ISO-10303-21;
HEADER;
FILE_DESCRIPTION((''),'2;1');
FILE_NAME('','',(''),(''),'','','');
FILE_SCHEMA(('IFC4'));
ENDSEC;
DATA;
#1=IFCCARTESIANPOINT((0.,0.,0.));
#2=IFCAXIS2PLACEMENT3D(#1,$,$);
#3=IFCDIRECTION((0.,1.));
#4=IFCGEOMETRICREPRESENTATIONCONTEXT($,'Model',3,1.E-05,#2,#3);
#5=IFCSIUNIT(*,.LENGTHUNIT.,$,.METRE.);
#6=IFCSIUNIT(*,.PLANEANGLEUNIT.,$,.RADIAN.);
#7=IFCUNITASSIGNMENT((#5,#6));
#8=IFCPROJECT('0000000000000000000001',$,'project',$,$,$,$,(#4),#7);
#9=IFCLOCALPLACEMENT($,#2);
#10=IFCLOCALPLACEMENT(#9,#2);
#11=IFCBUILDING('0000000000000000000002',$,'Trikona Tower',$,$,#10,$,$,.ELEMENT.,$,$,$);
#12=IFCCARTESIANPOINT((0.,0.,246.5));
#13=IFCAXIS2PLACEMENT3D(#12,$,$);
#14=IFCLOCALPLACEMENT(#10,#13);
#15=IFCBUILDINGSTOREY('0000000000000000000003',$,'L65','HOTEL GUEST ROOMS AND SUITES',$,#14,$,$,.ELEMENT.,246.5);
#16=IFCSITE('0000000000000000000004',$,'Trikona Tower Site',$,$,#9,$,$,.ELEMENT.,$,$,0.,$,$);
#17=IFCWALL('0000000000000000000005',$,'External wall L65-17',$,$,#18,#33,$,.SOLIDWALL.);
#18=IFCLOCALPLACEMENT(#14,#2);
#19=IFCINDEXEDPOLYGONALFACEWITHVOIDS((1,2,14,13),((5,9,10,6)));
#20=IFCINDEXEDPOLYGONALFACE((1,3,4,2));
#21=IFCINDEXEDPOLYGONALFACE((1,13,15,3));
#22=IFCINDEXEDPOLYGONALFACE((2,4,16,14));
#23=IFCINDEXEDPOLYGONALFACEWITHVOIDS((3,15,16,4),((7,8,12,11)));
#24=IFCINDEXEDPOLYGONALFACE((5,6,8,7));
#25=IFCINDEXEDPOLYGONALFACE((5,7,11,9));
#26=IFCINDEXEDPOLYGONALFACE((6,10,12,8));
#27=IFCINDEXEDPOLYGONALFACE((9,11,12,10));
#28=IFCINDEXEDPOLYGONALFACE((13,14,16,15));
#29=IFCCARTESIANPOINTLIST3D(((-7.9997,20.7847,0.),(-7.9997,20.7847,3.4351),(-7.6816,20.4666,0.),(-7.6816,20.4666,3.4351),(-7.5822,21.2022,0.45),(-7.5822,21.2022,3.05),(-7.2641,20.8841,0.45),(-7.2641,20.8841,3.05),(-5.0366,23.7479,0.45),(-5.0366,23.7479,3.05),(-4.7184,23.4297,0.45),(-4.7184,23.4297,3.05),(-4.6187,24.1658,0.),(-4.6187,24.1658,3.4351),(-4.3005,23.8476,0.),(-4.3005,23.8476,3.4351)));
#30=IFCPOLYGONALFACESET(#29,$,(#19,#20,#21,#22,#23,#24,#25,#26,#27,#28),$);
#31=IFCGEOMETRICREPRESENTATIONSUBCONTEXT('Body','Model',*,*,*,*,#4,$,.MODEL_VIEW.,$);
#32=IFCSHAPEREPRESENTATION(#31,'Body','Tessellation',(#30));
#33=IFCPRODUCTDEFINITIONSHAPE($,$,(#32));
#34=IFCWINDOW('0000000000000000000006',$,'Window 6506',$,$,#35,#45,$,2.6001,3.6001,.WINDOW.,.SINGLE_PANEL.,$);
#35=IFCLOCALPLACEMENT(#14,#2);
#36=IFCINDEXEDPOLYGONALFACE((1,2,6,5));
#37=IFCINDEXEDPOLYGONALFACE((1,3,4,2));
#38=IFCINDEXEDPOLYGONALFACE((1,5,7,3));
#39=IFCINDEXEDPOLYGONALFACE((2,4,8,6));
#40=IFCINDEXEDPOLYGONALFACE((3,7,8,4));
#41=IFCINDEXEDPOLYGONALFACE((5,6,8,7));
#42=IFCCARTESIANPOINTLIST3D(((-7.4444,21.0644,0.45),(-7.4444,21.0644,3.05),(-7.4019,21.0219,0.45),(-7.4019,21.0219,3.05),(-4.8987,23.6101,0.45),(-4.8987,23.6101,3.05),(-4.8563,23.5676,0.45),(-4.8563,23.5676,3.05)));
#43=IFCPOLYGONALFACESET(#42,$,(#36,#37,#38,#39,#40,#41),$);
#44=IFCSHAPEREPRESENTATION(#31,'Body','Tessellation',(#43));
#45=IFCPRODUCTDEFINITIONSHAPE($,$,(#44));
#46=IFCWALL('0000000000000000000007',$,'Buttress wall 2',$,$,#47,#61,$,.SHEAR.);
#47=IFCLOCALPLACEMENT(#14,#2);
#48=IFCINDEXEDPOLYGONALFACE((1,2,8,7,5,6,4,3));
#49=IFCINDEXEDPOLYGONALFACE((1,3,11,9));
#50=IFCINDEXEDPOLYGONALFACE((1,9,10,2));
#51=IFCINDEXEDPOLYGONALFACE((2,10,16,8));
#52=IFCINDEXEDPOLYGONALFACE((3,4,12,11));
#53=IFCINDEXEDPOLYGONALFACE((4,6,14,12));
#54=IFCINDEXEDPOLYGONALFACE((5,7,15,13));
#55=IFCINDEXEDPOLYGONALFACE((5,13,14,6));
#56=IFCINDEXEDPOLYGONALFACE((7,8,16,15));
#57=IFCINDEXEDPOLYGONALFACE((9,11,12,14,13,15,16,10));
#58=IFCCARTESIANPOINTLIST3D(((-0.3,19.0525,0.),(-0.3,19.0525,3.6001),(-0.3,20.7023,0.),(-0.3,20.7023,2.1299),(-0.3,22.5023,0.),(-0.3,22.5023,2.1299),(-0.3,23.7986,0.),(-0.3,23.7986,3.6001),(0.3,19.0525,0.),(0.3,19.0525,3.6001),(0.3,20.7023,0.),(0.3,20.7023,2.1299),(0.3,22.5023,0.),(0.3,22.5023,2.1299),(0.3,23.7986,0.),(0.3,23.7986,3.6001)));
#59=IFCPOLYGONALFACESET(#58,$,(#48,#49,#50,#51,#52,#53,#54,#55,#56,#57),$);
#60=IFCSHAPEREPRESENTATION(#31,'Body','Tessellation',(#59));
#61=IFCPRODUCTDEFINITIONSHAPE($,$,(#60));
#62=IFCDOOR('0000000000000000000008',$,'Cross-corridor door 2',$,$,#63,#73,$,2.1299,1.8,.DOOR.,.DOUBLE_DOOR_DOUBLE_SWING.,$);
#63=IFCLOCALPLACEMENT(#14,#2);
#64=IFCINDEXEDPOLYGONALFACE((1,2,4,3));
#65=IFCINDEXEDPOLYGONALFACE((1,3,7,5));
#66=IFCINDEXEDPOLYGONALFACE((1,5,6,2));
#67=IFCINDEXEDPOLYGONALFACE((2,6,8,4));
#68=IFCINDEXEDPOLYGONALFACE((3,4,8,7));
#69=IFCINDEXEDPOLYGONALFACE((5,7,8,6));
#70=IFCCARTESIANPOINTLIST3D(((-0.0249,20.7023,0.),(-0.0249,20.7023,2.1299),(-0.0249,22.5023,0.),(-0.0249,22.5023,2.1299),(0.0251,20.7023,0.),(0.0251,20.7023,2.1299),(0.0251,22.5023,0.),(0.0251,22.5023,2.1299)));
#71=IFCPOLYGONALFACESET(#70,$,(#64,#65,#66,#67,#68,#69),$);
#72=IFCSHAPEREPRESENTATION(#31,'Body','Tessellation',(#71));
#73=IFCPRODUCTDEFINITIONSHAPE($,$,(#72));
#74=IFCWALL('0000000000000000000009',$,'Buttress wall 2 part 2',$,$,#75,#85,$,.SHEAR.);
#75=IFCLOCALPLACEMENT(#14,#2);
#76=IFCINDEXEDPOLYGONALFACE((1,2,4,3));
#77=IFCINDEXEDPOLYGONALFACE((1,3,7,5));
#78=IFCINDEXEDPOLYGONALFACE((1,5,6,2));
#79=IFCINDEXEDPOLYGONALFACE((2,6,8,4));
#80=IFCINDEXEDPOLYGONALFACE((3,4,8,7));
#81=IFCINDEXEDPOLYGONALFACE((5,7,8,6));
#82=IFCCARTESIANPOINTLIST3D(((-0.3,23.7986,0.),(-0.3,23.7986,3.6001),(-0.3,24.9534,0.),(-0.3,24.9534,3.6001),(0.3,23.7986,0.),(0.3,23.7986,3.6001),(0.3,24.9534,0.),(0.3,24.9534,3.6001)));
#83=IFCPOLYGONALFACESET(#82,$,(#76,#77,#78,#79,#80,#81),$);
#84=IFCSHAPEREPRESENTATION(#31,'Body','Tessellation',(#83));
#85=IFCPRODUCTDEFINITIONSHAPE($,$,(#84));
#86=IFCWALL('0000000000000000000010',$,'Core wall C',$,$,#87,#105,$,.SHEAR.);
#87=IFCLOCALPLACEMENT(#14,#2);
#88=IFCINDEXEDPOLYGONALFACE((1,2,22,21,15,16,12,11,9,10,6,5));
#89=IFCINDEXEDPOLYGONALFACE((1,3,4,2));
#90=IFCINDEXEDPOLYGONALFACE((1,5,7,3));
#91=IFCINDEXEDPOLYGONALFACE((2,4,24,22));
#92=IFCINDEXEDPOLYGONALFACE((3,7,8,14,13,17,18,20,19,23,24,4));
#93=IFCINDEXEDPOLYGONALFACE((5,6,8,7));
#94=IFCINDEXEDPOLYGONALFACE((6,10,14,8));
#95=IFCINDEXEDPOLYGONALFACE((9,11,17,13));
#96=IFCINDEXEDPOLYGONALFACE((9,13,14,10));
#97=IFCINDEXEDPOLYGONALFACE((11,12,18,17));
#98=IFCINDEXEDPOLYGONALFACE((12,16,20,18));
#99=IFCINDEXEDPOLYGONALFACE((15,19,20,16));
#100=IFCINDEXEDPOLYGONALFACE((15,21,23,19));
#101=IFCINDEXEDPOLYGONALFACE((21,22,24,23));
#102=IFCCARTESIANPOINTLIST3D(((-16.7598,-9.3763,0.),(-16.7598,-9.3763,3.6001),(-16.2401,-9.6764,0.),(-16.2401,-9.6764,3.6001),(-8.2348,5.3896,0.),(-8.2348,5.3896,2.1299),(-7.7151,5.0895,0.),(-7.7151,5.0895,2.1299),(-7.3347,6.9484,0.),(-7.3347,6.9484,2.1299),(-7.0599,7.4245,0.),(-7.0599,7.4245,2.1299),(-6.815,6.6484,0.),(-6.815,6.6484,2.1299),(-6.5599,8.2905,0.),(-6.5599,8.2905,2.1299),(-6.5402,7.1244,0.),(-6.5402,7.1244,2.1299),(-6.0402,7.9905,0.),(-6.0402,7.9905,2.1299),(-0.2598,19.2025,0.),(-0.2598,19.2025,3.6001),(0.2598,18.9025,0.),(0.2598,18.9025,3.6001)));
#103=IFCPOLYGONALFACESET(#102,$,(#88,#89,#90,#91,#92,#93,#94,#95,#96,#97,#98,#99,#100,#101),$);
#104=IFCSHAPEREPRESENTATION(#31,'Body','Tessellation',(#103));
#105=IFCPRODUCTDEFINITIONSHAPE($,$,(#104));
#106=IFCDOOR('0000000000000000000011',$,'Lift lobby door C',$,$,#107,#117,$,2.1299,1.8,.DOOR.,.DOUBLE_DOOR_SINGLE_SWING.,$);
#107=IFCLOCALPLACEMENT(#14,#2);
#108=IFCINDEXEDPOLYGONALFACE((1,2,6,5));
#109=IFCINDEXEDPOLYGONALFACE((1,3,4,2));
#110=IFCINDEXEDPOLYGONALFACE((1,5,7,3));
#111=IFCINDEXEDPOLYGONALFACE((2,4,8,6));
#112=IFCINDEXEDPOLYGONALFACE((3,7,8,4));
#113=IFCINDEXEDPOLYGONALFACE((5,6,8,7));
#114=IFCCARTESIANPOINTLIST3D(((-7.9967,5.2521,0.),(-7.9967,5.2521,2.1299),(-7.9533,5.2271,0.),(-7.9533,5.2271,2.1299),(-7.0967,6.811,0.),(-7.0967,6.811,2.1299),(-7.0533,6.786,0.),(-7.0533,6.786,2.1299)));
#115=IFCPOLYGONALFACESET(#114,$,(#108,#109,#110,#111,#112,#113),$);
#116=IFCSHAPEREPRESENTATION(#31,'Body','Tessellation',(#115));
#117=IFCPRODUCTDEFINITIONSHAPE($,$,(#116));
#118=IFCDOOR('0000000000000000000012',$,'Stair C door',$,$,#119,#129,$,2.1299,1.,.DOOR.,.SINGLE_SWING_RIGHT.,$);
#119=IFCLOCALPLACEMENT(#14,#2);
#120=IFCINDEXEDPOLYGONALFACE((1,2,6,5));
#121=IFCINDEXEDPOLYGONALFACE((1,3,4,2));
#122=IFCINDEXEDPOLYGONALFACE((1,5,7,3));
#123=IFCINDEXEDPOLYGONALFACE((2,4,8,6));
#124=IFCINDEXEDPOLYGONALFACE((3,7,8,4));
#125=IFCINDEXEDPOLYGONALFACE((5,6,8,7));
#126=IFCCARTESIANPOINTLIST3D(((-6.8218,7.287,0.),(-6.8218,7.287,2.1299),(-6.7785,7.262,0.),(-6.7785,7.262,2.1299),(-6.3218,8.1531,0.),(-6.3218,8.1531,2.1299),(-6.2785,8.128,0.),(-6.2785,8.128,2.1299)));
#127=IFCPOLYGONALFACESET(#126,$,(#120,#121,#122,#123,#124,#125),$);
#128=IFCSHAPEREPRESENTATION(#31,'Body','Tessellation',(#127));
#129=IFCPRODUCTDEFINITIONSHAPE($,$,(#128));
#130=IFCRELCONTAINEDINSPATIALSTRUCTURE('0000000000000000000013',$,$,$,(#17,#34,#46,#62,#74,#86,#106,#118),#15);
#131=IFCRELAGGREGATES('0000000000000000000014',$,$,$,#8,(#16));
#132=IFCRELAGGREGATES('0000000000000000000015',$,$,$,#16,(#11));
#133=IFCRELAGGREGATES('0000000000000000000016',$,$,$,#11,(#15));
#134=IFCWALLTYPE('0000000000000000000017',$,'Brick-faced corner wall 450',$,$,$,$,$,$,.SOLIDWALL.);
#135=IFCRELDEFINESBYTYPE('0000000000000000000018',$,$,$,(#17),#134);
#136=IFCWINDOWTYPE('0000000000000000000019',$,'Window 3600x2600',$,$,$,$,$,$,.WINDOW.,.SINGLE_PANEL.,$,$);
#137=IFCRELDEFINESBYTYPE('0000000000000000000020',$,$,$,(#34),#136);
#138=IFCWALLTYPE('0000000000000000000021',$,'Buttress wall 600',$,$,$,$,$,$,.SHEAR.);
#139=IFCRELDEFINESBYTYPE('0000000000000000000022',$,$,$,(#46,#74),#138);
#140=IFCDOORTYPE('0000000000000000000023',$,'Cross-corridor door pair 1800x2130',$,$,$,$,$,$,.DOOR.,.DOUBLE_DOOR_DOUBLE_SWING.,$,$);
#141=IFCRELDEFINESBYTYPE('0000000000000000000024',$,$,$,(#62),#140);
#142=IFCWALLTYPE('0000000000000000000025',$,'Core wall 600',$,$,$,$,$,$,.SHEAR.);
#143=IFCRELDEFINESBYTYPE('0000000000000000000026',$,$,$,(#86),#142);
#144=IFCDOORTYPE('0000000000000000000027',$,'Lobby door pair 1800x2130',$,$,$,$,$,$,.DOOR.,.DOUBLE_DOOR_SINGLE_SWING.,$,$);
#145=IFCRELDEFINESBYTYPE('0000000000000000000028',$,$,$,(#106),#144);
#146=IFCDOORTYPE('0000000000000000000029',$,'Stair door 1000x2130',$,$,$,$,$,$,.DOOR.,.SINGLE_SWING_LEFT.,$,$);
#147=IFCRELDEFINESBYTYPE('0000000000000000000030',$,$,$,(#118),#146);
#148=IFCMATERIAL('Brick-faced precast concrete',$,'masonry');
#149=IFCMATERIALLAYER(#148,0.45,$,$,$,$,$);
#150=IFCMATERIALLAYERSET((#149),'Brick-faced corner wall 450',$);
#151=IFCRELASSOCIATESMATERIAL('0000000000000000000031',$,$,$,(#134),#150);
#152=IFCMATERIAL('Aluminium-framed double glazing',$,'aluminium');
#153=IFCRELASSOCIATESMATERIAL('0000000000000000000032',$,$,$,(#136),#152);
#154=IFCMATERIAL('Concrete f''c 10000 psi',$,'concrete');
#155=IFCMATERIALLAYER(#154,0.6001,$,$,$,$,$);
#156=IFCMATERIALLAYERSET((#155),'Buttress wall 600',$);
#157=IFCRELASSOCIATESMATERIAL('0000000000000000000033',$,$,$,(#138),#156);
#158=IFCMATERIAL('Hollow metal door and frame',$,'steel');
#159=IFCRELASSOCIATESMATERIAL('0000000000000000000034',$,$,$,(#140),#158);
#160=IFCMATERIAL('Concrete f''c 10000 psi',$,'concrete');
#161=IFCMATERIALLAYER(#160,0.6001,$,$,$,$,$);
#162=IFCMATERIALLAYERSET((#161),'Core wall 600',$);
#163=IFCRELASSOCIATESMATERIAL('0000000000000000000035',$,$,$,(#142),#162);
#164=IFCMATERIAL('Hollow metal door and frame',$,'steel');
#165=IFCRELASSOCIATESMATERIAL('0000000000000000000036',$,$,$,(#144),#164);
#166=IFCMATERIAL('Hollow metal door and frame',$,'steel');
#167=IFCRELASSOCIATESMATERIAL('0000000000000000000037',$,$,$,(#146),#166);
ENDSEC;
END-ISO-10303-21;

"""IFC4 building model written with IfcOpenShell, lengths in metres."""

from ifc_helpers import new_model, si_unit, direction, frame, frame_2d, origin, place, context, subcontext, project, spatial, rectangle, extrude, material, layer, layer_set, type_object, element, fill, save


model = new_model("IFC4")

# Units and contexts
model_context = context("Model", 3, precision=1e-05, world=origin(), true_north=direction((0.0, 1.0)))
body_context = subcontext(model_context, "Body", "Model", "MODEL_VIEW")
ifc_project = project(units=[si_unit("LENGTHUNIT", "METRE"), si_unit("PLANEANGLEUNIT", "RADIAN")], contexts=[model_context])

# Site, building, storey
site_placement = place(None, origin())
site = spatial("IfcSite", under=ifc_project, at=site_placement, Name="Trikona Tower Site", CompositionType="ELEMENT", RefElevation=0.0)
building_placement = place(site_placement, origin())
building = spatial("IfcBuilding", under=site, at=building_placement, Name="Trikona Tower", CompositionType="ELEMENT")
storey_placement = place(building_placement, frame((0.0, 0.0, 246.5)))
storey = spatial("IfcBuildingStorey", under=building, at=storey_placement, Name="L65", Description="HOTEL GUEST ROOMS AND SUITES", CompositionType="ELEMENT", Elevation=246.5)

# Wall, opening, window
ifc_material_1 = material(Name="Brick-faced precast concrete", Category="masonry")
ifc_layer_1 = layer(ifc_material_1, 0.45)
ifc_layer_set_1 = layer_set([ifc_layer_1], Name="Brick-faced corner wall 450")
wall_type_1 = type_object("IfcWallType", Name="Brick-faced corner wall 450", PredefinedType="SOLIDWALL", material=ifc_layer_set_1)
wall_1_placement = place(storey_placement, frame((-4.4597, 24.0066, 0.0), z_axis=(0.0, 0.0, 1.0), x_axis=(-0.707107, -0.707107, 0.0)))
wall_1 = element("IfcWall", 1, at=wall_1_placement, inside=storey, type_object=wall_type_1, Name="External wall L65-17", PredefinedType="SOLIDWALL", context=body_context, shape_type="SweptSolid", body=[
    extrude(rectangle(XDim=4.7815, YDim=0.45, at=frame_2d((2.3906, 0.0))), origin(), (0.0, 0.0, 1.0), 3.4351),
])
opening_1_placement = place(wall_1_placement, frame((0.5908, 0.0, 0.45)))
opening_1 = element("IfcOpeningElement", 2, at=opening_1_placement, cuts=wall_1, PredefinedType="OPENING", context=body_context, shape_type="SweptSolid", body=[
    extrude(rectangle(XDim=3.6001, YDim=2.6001, at=frame_2d((1.8, 1.3))), frame((0.0, 0.2349, 0.0), z_axis=(0.0, -1.0, 0.0), x_axis=(1.0, 0.0, 0.0)), (0.0, 0.0, 1.0), 0.47),
])
ifc_material_2 = material(Name="Aluminium-framed double glazing", Category="aluminium")
window_type_1 = type_object("IfcWindowType", Name="Window 3600x2600", PartitioningType="SINGLE_PANEL", PredefinedType="WINDOW", material=ifc_material_2)
window_1_placement = place(opening_1_placement, origin())
window_1 = element("IfcWindow", 3, at=window_1_placement, inside=storey, type_object=window_type_1, Name="Window 6506", OverallHeight=2.6001, OverallWidth=3.6001, PartitioningType="SINGLE_PANEL", PredefinedType="WINDOW", context=body_context, shape_type="SweptSolid", body=[
    extrude(rectangle(XDim=3.6001, YDim=2.6001, at=frame_2d((1.8, 1.3))), frame((0.0, 0.03, 0.0), z_axis=(0.0, -1.0, 0.0), x_axis=(1.0, 0.0, 0.0)), (0.0, 0.0, 1.0), 0.0601),
])
fill(opening_1, window_1)

# Wall, opening, door
ifc_material_3 = material(Name="Concrete f'c 10000 psi", Category="concrete")
ifc_layer_2 = layer(ifc_material_3, 0.6001)
ifc_layer_set_2 = layer_set([ifc_layer_2], Name="Buttress wall 600")
wall_type_2 = type_object("IfcWallType", Name="Buttress wall 600", PredefinedType="SHEAR", material=ifc_layer_set_2)
wall_2_placement = place(storey_placement, frame((0.0, 19.0525, 0.0), z_axis=(0.0, 0.0, 1.0), x_axis=(0.0, 1.0, 0.0)))
wall_2 = element("IfcWall", 4, at=wall_2_placement, inside=storey, type_object=wall_type_2, Name="Buttress wall 2", PredefinedType="SHEAR", context=body_context, shape_type="SweptSolid", body=[
    extrude(rectangle(XDim=4.7461, YDim=0.6001, at=frame_2d((2.373, 0.0))), origin(), (0.0, 0.0, 1.0), 3.6001),
])
opening_2_placement = place(wall_2_placement, frame((1.6499, 0.0, 0.0)))
opening_2 = element("IfcOpeningElement", 5, at=opening_2_placement, cuts=wall_2, PredefinedType="OPENING", context=body_context, shape_type="SweptSolid", body=[
    extrude(rectangle(XDim=1.8, YDim=2.1299, at=frame_2d((0.8999, 1.0649))), frame((0.0, 0.3101, 0.0), z_axis=(0.0, -1.0, 0.0), x_axis=(1.0, 0.0, 0.0)), (0.0, 0.0, 1.0), 0.6201),
])
ifc_material_4 = material(Name="Hollow metal door and frame", Category="steel")
door_type_1 = type_object("IfcDoorType", Name="Cross-corridor door pair 1800x2130", OperationType="DOUBLE_DOOR_DOUBLE_SWING", PredefinedType="DOOR", material=ifc_material_4)
door_1_placement = place(opening_2_placement, origin())
door_1 = element("IfcDoor", 6, at=door_1_placement, inside=storey, type_object=door_type_1, Name="Cross-corridor door 2", OperationType="DOUBLE_DOOR_DOUBLE_SWING", OverallHeight=2.1299, OverallWidth=1.8, PredefinedType="DOOR", context=body_context, shape_type="SweptSolid", body=[
    extrude(rectangle(XDim=1.8, YDim=2.1299, at=frame_2d((0.8999, 1.0649))), frame((0.0, 0.0249, 0.0), z_axis=(0.0, -1.0, 0.0), x_axis=(1.0, 0.0, 0.0)), (0.0, 0.0, 1.0), 0.05),
])
fill(opening_2, door_1)

# Wall
wall_3_placement = place(storey_placement, frame((0.0, 23.7986, 0.0), z_axis=(0.0, 0.0, 1.0), x_axis=(0.0, 1.0, 0.0)))
element("IfcWall", 7, at=wall_3_placement, inside=storey, type_object=wall_type_2, Name="Buttress wall 2 part 2", PredefinedType="SHEAR", context=body_context, shape_type="SweptSolid", body=[
    extrude(rectangle(XDim=1.1548, YDim=0.6001, at=frame_2d((0.5774, 0.0))), origin(), (0.0, 0.0, 1.0), 3.6001),
])

# Wall, openings, doors
ifc_material_5 = material(Name="Concrete f'c 10000 psi", Category="concrete")
ifc_layer_3 = layer(ifc_material_5, 0.6001)
ifc_layer_set_3 = layer_set([ifc_layer_3], Name="Core wall 600")
wall_type_3 = type_object("IfcWallType", Name="Core wall 600", PredefinedType="SHEAR", material=ifc_layer_set_3)
wall_4_placement = place(storey_placement, frame((0.0, 19.0525, 0.0), z_axis=(0.0, 0.0, 1.0), x_axis=(-0.5, -0.866026, 0.0)))
wall_4 = element("IfcWall", 8, at=wall_4_placement, inside=storey, type_object=wall_type_3, Name="Core wall C", PredefinedType="SHEAR", context=body_context, shape_type="SweptSolid", body=[
    extrude(rectangle(XDim=33.0, YDim=0.6001, at=frame_2d((16.5, 0.0))), origin(), (0.0, 0.0, 1.0), 3.6001),
])
opening_3_placement = place(wall_4_placement, frame((14.1499, 0.0, 0.0)))
opening_3 = element("IfcOpeningElement", 9, at=opening_3_placement, cuts=wall_4, PredefinedType="OPENING", context=body_context, shape_type="SweptSolid", body=[
    extrude(rectangle(XDim=1.8, YDim=2.1299, at=frame_2d((0.8999, 1.0649))), frame((0.0, 0.3101, 0.0), z_axis=(0.0, -1.0, 0.0), x_axis=(1.0, 0.0, 0.0)), (0.0, 0.0, 1.0), 0.6201),
])
opening_4_placement = place(wall_4_placement, frame((12.6001, 0.0, 0.0)))
opening_4 = element("IfcOpeningElement", 10, at=opening_4_placement, cuts=wall_4, PredefinedType="OPENING", context=body_context, shape_type="SweptSolid", body=[
    extrude(rectangle(XDim=1.0, YDim=2.1299, at=frame_2d((0.5, 1.0649))), frame((0.0, 0.3101, 0.0), z_axis=(0.0, -1.0, 0.0), x_axis=(1.0, 0.0, 0.0)), (0.0, 0.0, 1.0), 0.6201),
])
ifc_material_6 = material(Name="Hollow metal door and frame", Category="steel")
door_type_2 = type_object("IfcDoorType", Name="Lobby door pair 1800x2130", OperationType="DOUBLE_DOOR_SINGLE_SWING", PredefinedType="DOOR", material=ifc_material_6)
door_2_placement = place(opening_3_placement, origin())
door_2 = element("IfcDoor", 11, at=door_2_placement, inside=storey, type_object=door_type_2, Name="Lift lobby door C", OperationType="DOUBLE_DOOR_SINGLE_SWING", OverallHeight=2.1299, OverallWidth=1.8, PredefinedType="DOOR", context=body_context, shape_type="SweptSolid", body=[
    extrude(rectangle(XDim=1.8, YDim=2.1299, at=frame_2d((0.8999, 1.0649))), frame((0.0, 0.0249, 0.0), z_axis=(0.0, -1.0, 0.0), x_axis=(1.0, 0.0, 0.0)), (0.0, 0.0, 1.0), 0.05),
])
fill(opening_3, door_2)
ifc_material_7 = material(Name="Hollow metal door and frame", Category="steel")
door_type_3 = type_object("IfcDoorType", Name="Stair door 1000x2130", OperationType="SINGLE_SWING_LEFT", PredefinedType="DOOR", material=ifc_material_7)
door_3_placement = place(opening_4_placement, origin())
door_3 = element("IfcDoor", 12, at=door_3_placement, inside=storey, type_object=door_type_3, Name="Stair C door", OperationType="SINGLE_SWING_RIGHT", OverallHeight=2.1299, OverallWidth=1.0, PredefinedType="DOOR", context=body_context, shape_type="SweptSolid", body=[
    extrude(rectangle(XDim=1.0, YDim=2.1299, at=frame_2d((0.5, 1.0649))), frame((0.0, 0.0249, 0.0), z_axis=(0.0, -1.0, 0.0), x_axis=(1.0, 0.0, 0.0)), (0.0, 0.0, 1.0), 0.05),
])
fill(opening_4, door_3)

save(model, "model.ifc")
